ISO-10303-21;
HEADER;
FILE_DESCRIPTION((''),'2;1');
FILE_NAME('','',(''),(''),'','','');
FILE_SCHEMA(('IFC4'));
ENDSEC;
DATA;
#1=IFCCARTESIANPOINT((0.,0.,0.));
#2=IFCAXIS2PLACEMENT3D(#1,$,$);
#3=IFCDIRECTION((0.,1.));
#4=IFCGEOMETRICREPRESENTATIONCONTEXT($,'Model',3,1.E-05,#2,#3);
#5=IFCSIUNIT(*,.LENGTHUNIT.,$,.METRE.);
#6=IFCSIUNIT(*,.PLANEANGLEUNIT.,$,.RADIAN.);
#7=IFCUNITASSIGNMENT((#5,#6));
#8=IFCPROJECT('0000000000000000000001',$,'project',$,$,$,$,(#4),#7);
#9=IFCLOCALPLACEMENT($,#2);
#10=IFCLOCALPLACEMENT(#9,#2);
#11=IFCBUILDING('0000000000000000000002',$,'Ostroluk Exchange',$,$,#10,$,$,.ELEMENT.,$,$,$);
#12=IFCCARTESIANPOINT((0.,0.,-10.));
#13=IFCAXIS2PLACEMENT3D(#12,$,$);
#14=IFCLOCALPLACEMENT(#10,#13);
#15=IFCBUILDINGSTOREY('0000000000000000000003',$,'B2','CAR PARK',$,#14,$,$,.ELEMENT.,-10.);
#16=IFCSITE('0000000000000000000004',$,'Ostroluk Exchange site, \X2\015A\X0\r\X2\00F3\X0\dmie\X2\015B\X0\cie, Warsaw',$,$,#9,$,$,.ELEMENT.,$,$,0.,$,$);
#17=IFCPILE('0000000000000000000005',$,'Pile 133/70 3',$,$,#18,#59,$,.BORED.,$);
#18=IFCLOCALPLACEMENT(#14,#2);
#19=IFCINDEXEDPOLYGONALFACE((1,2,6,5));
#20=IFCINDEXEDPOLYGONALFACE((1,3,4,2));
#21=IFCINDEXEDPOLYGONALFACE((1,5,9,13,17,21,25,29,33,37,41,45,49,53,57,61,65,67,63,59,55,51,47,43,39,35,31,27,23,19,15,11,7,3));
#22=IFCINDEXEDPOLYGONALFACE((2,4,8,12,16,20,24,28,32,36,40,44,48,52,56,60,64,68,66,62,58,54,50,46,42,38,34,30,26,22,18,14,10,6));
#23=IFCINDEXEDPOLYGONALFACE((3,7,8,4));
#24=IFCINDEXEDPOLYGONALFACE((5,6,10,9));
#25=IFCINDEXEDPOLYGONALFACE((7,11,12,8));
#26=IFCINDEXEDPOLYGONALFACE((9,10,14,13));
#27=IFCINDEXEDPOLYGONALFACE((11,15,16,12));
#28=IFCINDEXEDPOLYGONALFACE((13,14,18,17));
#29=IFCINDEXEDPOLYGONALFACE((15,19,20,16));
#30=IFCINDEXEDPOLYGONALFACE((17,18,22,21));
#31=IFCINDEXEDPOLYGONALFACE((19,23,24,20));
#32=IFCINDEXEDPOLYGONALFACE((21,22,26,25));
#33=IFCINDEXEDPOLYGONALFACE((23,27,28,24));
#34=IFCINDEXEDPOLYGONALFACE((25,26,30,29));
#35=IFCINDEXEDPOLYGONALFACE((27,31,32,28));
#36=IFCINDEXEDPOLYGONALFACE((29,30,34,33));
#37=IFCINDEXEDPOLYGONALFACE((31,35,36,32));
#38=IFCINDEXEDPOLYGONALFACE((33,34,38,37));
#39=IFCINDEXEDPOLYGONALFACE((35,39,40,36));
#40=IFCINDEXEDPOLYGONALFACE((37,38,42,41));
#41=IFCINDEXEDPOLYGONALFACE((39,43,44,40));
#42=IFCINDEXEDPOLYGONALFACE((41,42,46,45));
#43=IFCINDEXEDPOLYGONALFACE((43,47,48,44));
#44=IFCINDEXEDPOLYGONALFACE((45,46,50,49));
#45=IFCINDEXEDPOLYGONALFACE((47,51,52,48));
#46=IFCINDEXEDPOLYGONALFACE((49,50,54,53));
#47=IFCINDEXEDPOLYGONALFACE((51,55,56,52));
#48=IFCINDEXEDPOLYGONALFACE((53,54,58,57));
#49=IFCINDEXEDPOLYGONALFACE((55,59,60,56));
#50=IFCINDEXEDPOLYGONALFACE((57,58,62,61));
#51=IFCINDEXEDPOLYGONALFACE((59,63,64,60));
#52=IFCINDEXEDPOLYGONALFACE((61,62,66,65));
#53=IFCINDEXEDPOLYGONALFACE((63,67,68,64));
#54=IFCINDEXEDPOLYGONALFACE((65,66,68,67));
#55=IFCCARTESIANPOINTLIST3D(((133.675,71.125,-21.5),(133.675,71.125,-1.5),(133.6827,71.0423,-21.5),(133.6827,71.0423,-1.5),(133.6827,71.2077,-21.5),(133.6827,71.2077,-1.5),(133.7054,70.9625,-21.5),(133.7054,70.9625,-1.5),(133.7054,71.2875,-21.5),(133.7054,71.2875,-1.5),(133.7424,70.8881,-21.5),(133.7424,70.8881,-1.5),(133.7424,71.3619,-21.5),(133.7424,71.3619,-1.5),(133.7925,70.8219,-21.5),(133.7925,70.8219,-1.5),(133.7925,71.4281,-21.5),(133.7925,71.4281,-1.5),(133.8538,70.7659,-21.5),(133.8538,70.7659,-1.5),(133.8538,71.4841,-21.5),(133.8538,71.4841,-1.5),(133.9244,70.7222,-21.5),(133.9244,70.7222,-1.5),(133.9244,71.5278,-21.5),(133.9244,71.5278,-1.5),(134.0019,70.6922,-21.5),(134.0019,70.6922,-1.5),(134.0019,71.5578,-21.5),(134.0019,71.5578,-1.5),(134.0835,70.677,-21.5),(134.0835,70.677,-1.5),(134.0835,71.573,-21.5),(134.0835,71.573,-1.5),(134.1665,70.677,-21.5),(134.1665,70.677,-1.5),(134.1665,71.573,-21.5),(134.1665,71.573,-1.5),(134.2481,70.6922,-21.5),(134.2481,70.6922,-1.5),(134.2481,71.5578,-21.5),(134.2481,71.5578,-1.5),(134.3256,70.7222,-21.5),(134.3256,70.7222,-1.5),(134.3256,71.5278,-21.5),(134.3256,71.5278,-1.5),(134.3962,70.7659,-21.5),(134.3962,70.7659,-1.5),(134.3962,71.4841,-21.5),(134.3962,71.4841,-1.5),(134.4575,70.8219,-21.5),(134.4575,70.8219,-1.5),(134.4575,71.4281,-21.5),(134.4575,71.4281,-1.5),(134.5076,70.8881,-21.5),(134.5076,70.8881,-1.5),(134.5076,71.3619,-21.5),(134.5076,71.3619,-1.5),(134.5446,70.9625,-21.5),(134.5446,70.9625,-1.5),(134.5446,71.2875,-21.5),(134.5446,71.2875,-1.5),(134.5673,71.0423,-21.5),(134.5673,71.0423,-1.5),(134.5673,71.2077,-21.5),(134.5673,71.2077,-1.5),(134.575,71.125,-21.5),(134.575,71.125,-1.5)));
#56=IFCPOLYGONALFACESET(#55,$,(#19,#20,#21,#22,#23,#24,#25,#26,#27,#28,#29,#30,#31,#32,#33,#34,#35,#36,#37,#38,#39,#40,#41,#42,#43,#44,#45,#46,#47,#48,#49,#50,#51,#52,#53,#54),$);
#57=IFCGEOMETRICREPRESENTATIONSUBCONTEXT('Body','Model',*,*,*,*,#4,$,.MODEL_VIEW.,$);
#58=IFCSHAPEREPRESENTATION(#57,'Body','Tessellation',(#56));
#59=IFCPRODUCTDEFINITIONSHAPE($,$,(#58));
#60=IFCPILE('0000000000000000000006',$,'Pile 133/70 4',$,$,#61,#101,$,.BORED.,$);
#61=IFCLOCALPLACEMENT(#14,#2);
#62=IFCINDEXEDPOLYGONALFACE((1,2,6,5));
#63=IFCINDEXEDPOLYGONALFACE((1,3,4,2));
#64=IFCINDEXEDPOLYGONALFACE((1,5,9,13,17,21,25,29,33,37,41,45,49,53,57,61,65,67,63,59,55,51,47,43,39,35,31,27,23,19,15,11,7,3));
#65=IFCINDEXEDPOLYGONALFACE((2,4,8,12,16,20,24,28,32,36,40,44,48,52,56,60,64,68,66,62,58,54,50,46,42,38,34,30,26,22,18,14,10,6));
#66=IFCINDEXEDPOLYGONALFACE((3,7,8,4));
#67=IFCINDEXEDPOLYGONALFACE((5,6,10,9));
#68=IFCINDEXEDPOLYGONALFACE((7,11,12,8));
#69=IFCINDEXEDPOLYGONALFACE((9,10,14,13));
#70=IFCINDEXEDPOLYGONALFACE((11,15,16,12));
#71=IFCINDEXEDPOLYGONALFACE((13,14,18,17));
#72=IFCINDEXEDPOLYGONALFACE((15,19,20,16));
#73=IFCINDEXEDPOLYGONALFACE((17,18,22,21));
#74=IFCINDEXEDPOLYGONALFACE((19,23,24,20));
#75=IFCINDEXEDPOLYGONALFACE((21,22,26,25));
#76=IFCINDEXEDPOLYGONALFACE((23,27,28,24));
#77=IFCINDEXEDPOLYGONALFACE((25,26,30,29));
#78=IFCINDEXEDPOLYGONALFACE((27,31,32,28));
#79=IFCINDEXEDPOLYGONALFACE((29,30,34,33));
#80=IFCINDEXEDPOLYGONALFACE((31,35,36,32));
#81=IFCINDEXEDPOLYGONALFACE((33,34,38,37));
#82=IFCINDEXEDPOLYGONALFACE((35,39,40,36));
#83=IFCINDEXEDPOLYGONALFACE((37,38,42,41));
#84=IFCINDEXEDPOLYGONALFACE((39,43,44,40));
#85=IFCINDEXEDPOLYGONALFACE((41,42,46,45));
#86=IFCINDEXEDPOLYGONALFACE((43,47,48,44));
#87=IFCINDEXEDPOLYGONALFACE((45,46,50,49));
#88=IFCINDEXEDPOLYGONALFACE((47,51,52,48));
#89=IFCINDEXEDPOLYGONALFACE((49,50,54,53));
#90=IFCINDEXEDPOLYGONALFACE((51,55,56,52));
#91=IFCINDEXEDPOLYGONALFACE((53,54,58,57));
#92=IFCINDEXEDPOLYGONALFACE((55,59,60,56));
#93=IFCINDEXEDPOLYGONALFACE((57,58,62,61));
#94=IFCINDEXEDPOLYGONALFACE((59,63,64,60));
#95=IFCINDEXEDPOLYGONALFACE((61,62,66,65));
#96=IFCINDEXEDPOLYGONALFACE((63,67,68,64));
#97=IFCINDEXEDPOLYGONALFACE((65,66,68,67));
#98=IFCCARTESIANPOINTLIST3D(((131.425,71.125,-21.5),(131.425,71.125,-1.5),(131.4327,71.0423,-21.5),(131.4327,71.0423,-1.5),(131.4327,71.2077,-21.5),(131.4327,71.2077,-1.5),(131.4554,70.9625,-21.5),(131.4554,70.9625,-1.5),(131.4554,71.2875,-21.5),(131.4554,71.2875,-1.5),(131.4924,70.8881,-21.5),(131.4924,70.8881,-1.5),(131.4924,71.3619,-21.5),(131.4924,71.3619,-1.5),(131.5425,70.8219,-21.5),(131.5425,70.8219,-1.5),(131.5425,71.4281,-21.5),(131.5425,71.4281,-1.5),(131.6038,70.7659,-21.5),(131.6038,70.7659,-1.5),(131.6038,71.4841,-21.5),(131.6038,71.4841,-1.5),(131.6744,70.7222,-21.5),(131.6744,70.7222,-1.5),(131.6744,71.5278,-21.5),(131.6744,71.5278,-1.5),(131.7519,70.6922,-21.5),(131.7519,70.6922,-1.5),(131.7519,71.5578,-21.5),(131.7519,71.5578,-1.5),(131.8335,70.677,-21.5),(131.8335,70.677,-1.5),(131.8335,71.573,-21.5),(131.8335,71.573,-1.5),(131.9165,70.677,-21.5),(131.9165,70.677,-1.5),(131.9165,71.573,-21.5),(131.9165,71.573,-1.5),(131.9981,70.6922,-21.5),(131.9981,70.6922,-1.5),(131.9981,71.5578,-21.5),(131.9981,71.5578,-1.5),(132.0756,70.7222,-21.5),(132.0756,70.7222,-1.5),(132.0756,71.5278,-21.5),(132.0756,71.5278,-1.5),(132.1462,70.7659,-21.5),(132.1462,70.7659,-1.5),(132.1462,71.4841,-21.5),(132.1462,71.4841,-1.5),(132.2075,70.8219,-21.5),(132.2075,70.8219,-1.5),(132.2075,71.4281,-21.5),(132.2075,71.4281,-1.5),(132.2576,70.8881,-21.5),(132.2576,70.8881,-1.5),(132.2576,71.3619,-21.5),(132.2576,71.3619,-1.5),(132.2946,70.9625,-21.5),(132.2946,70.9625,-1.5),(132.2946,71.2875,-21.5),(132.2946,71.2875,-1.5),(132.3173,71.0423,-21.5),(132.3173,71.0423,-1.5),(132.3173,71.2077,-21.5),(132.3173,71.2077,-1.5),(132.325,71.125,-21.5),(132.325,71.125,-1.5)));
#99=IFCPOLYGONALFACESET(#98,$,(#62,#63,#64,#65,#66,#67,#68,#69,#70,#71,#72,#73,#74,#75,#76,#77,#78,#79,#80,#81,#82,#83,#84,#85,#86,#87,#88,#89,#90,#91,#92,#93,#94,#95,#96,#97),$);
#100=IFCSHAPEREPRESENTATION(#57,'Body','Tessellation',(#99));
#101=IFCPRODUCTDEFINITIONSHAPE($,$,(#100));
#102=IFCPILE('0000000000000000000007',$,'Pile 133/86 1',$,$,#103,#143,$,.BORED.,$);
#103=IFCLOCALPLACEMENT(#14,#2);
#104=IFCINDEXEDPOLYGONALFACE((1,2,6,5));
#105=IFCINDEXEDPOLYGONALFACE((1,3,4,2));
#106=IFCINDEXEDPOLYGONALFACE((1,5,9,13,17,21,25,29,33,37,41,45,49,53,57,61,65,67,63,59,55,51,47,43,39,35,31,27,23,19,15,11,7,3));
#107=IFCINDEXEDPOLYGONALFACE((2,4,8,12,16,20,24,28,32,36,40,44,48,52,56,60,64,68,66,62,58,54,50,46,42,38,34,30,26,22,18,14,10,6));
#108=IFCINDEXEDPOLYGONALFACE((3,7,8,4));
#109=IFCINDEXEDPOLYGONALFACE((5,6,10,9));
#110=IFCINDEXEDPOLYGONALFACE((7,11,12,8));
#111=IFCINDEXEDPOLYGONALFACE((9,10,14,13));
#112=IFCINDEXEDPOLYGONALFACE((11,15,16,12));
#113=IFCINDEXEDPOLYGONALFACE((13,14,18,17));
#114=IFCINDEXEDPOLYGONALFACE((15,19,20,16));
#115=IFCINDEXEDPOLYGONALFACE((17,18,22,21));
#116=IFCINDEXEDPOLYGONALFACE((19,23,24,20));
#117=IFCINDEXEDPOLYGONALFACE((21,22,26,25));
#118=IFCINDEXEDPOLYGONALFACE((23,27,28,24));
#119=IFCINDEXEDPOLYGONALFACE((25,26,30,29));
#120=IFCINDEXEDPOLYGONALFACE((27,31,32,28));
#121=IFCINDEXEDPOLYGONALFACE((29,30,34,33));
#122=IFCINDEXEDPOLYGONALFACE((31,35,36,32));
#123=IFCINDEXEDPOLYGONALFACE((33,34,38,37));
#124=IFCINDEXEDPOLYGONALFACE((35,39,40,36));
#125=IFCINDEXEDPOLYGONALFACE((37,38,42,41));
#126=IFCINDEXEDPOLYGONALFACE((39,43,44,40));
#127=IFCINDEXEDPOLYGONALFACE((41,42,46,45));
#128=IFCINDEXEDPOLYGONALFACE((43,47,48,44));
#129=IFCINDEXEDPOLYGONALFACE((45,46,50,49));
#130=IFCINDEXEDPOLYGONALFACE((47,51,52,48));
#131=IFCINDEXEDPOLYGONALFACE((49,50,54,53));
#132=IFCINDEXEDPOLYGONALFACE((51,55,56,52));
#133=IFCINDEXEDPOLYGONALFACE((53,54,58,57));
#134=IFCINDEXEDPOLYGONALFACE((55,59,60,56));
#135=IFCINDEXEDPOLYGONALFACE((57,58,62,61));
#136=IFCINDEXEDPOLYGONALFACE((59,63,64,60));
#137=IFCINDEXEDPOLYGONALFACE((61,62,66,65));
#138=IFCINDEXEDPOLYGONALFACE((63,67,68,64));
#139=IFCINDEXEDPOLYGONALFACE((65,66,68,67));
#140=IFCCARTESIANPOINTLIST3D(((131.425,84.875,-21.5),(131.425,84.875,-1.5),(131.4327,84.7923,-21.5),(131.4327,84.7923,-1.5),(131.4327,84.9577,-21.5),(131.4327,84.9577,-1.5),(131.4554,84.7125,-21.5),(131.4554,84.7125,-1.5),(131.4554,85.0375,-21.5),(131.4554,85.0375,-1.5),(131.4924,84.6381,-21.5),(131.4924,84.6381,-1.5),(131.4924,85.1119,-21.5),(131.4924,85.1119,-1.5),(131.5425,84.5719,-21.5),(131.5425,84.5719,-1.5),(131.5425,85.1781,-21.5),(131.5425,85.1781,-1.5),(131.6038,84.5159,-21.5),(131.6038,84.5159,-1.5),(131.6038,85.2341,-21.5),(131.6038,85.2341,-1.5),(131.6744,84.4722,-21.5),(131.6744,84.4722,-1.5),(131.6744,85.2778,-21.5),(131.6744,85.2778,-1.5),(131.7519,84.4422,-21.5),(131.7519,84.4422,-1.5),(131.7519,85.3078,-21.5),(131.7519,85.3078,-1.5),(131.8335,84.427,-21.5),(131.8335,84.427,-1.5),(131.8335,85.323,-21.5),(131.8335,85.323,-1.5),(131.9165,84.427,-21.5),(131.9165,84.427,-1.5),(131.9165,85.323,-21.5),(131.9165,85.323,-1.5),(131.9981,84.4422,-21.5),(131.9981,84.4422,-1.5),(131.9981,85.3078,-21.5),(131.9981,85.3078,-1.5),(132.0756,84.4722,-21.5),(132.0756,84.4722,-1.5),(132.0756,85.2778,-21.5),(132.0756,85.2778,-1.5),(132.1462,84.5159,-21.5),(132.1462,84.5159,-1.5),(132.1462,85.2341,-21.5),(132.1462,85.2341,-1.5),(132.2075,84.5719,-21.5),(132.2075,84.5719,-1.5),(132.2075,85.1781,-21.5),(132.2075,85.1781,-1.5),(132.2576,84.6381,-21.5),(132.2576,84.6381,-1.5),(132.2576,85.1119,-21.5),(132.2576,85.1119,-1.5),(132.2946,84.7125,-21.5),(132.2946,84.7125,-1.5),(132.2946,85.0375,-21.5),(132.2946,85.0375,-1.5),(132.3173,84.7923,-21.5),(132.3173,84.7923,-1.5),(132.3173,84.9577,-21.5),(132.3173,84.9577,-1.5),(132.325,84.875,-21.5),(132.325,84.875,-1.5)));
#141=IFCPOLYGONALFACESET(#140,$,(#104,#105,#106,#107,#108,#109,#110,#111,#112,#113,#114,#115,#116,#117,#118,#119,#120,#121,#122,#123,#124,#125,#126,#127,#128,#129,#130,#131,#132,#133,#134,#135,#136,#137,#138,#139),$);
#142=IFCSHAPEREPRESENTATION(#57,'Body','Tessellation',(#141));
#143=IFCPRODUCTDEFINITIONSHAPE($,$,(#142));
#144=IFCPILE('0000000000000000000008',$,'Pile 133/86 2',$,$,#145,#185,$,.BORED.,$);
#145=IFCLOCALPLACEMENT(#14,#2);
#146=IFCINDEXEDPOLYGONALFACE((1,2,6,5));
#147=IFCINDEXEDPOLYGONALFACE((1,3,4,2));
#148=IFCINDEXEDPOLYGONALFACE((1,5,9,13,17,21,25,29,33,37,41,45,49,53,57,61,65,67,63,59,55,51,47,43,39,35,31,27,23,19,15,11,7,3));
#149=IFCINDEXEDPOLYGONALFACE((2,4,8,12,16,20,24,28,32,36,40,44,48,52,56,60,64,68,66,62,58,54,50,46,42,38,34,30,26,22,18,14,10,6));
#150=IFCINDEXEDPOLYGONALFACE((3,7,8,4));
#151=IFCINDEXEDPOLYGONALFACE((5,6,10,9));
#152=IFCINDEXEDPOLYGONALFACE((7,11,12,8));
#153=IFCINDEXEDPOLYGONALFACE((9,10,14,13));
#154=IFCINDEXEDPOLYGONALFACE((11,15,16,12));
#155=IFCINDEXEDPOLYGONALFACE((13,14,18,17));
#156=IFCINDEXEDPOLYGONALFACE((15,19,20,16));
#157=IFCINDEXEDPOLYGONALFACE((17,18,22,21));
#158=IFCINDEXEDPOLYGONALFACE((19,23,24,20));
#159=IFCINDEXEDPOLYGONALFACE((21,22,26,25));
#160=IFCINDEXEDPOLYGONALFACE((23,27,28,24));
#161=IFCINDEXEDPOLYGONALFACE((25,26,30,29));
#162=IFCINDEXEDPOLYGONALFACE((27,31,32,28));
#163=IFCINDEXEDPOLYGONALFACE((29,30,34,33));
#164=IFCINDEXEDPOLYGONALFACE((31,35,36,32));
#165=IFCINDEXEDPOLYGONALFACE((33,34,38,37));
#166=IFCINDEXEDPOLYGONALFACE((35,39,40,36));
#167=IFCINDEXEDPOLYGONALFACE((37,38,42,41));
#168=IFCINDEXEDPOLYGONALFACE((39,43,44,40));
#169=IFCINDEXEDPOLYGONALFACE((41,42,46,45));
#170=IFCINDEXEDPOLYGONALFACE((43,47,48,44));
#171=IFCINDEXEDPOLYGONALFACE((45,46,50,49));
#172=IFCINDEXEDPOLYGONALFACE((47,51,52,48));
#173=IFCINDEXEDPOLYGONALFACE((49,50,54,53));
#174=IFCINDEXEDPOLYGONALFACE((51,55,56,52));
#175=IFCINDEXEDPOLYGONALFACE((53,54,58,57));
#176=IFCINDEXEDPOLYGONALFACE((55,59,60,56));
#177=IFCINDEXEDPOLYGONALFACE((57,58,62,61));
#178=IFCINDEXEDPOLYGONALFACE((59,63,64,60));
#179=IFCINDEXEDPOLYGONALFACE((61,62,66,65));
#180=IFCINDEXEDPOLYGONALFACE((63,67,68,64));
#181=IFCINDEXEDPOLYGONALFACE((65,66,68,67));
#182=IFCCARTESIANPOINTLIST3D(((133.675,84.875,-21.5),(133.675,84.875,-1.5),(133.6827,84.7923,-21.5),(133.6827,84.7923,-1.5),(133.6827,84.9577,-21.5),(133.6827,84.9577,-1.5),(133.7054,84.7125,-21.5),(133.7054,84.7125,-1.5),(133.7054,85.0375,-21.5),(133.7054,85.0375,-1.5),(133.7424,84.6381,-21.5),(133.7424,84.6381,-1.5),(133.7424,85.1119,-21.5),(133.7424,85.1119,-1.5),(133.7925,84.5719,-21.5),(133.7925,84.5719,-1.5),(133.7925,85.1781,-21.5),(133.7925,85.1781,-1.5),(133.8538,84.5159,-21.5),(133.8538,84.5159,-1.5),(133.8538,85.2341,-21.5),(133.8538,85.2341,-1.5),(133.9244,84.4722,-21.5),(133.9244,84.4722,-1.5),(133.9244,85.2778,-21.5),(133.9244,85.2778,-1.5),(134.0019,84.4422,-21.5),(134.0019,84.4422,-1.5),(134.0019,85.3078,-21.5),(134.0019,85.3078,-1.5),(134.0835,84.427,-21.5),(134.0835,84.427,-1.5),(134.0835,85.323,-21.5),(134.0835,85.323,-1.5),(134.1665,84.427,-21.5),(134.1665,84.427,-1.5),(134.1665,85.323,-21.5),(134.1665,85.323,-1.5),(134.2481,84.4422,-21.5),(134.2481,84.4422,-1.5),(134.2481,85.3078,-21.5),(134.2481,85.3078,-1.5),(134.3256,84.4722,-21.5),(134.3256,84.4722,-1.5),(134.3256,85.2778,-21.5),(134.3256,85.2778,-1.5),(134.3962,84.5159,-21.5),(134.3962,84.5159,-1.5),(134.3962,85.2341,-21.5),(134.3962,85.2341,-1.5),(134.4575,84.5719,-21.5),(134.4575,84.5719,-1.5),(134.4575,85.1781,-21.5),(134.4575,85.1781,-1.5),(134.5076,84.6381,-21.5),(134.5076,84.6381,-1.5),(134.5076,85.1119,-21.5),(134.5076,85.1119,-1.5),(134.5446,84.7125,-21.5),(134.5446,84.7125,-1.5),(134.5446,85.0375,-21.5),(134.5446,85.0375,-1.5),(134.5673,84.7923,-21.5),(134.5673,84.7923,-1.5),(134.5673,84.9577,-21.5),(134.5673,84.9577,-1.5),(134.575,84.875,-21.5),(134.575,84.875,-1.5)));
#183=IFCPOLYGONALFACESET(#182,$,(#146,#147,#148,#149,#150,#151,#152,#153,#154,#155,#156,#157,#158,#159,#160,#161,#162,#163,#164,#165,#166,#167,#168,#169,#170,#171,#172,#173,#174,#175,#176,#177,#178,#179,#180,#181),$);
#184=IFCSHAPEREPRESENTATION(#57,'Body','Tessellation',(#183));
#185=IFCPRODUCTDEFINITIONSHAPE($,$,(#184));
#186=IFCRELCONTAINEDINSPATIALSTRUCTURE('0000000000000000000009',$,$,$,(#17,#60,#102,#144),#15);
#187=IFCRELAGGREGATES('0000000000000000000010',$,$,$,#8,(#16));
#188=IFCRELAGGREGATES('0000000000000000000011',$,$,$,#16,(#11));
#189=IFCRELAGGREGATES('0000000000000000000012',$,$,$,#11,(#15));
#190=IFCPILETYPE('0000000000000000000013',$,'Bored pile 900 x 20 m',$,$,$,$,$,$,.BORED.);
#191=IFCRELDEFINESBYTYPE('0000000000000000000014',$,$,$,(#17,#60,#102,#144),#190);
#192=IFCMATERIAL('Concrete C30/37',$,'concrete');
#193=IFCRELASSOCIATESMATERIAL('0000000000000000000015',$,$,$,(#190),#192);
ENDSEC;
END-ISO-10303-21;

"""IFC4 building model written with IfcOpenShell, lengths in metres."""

from ifc_helpers import new_model, si_unit, direction, frame, origin, origin_2d, place, context, subcontext, project, spatial, circle, extrude, material, type_object, element, save


model = new_model("IFC4")

# Units and contexts
model_context = context("Model", 3, precision=1e-05, world=origin(), true_north=direction((0.0, 1.0)))
body_context = subcontext(model_context, "Body", "Model", "MODEL_VIEW")
ifc_project = project(units=[si_unit("LENGTHUNIT", "METRE"), si_unit("PLANEANGLEUNIT", "RADIAN")], contexts=[model_context])

# Site, building, storey
site_placement = place(None, origin())
site = spatial("IfcSite", under=ifc_project, at=site_placement, Name="Ostroluk Exchange site, Śródmieście, Warsaw", CompositionType="ELEMENT", RefElevation=0.0)
building_placement = place(site_placement, origin())
building = spatial("IfcBuilding", under=site, at=building_placement, Name="Ostroluk Exchange", CompositionType="ELEMENT")
storey_placement = place(building_placement, frame((0.0, 0.0, -10.0)))
storey = spatial("IfcBuildingStorey", under=building, at=storey_placement, Name="B2", Description="CAR PARK", CompositionType="ELEMENT", Elevation=-10.0)

# Piles
ifc_material_1 = material(Name="Concrete C30/37", Category="concrete")
pile_type = type_object("IfcPileType", Name="Bored pile 900 x 20 m", PredefinedType="BORED", material=ifc_material_1)
for number, where, z_axis, x_axis, name in (
    (1, (134.125, 71.125, -1.5), (0.0, 0.0, -1.0), (1.0, 0.0, 0.0), "Pile 133/70 3"),
    (2, (131.875, 71.125, -1.5), (0.0, 0.0, -1.0), (1.0, 0.0, 0.0), "Pile 133/70 4"),
    (3, (131.875, 84.875, -1.5), (0.0, 0.0, -1.0), (1.0, 0.0, 0.0), "Pile 133/86 1"),
    (4, (134.125, 84.875, -1.5), (0.0, 0.0, -1.0), (1.0, 0.0, 0.0), "Pile 133/86 2"),
):
    element("IfcPile", number, at=place(storey_placement, frame(where, z_axis=z_axis, x_axis=x_axis)), inside=storey, type_object=pile_type, Name=name, PredefinedType="BORED", context=body_context, shape_type="SweptSolid", body=[
        extrude(circle(Radius=0.45, at=origin_2d()), origin(), (0.0, 0.0, 1.0), 20.0),
    ])

save(model, "model.ifc")
